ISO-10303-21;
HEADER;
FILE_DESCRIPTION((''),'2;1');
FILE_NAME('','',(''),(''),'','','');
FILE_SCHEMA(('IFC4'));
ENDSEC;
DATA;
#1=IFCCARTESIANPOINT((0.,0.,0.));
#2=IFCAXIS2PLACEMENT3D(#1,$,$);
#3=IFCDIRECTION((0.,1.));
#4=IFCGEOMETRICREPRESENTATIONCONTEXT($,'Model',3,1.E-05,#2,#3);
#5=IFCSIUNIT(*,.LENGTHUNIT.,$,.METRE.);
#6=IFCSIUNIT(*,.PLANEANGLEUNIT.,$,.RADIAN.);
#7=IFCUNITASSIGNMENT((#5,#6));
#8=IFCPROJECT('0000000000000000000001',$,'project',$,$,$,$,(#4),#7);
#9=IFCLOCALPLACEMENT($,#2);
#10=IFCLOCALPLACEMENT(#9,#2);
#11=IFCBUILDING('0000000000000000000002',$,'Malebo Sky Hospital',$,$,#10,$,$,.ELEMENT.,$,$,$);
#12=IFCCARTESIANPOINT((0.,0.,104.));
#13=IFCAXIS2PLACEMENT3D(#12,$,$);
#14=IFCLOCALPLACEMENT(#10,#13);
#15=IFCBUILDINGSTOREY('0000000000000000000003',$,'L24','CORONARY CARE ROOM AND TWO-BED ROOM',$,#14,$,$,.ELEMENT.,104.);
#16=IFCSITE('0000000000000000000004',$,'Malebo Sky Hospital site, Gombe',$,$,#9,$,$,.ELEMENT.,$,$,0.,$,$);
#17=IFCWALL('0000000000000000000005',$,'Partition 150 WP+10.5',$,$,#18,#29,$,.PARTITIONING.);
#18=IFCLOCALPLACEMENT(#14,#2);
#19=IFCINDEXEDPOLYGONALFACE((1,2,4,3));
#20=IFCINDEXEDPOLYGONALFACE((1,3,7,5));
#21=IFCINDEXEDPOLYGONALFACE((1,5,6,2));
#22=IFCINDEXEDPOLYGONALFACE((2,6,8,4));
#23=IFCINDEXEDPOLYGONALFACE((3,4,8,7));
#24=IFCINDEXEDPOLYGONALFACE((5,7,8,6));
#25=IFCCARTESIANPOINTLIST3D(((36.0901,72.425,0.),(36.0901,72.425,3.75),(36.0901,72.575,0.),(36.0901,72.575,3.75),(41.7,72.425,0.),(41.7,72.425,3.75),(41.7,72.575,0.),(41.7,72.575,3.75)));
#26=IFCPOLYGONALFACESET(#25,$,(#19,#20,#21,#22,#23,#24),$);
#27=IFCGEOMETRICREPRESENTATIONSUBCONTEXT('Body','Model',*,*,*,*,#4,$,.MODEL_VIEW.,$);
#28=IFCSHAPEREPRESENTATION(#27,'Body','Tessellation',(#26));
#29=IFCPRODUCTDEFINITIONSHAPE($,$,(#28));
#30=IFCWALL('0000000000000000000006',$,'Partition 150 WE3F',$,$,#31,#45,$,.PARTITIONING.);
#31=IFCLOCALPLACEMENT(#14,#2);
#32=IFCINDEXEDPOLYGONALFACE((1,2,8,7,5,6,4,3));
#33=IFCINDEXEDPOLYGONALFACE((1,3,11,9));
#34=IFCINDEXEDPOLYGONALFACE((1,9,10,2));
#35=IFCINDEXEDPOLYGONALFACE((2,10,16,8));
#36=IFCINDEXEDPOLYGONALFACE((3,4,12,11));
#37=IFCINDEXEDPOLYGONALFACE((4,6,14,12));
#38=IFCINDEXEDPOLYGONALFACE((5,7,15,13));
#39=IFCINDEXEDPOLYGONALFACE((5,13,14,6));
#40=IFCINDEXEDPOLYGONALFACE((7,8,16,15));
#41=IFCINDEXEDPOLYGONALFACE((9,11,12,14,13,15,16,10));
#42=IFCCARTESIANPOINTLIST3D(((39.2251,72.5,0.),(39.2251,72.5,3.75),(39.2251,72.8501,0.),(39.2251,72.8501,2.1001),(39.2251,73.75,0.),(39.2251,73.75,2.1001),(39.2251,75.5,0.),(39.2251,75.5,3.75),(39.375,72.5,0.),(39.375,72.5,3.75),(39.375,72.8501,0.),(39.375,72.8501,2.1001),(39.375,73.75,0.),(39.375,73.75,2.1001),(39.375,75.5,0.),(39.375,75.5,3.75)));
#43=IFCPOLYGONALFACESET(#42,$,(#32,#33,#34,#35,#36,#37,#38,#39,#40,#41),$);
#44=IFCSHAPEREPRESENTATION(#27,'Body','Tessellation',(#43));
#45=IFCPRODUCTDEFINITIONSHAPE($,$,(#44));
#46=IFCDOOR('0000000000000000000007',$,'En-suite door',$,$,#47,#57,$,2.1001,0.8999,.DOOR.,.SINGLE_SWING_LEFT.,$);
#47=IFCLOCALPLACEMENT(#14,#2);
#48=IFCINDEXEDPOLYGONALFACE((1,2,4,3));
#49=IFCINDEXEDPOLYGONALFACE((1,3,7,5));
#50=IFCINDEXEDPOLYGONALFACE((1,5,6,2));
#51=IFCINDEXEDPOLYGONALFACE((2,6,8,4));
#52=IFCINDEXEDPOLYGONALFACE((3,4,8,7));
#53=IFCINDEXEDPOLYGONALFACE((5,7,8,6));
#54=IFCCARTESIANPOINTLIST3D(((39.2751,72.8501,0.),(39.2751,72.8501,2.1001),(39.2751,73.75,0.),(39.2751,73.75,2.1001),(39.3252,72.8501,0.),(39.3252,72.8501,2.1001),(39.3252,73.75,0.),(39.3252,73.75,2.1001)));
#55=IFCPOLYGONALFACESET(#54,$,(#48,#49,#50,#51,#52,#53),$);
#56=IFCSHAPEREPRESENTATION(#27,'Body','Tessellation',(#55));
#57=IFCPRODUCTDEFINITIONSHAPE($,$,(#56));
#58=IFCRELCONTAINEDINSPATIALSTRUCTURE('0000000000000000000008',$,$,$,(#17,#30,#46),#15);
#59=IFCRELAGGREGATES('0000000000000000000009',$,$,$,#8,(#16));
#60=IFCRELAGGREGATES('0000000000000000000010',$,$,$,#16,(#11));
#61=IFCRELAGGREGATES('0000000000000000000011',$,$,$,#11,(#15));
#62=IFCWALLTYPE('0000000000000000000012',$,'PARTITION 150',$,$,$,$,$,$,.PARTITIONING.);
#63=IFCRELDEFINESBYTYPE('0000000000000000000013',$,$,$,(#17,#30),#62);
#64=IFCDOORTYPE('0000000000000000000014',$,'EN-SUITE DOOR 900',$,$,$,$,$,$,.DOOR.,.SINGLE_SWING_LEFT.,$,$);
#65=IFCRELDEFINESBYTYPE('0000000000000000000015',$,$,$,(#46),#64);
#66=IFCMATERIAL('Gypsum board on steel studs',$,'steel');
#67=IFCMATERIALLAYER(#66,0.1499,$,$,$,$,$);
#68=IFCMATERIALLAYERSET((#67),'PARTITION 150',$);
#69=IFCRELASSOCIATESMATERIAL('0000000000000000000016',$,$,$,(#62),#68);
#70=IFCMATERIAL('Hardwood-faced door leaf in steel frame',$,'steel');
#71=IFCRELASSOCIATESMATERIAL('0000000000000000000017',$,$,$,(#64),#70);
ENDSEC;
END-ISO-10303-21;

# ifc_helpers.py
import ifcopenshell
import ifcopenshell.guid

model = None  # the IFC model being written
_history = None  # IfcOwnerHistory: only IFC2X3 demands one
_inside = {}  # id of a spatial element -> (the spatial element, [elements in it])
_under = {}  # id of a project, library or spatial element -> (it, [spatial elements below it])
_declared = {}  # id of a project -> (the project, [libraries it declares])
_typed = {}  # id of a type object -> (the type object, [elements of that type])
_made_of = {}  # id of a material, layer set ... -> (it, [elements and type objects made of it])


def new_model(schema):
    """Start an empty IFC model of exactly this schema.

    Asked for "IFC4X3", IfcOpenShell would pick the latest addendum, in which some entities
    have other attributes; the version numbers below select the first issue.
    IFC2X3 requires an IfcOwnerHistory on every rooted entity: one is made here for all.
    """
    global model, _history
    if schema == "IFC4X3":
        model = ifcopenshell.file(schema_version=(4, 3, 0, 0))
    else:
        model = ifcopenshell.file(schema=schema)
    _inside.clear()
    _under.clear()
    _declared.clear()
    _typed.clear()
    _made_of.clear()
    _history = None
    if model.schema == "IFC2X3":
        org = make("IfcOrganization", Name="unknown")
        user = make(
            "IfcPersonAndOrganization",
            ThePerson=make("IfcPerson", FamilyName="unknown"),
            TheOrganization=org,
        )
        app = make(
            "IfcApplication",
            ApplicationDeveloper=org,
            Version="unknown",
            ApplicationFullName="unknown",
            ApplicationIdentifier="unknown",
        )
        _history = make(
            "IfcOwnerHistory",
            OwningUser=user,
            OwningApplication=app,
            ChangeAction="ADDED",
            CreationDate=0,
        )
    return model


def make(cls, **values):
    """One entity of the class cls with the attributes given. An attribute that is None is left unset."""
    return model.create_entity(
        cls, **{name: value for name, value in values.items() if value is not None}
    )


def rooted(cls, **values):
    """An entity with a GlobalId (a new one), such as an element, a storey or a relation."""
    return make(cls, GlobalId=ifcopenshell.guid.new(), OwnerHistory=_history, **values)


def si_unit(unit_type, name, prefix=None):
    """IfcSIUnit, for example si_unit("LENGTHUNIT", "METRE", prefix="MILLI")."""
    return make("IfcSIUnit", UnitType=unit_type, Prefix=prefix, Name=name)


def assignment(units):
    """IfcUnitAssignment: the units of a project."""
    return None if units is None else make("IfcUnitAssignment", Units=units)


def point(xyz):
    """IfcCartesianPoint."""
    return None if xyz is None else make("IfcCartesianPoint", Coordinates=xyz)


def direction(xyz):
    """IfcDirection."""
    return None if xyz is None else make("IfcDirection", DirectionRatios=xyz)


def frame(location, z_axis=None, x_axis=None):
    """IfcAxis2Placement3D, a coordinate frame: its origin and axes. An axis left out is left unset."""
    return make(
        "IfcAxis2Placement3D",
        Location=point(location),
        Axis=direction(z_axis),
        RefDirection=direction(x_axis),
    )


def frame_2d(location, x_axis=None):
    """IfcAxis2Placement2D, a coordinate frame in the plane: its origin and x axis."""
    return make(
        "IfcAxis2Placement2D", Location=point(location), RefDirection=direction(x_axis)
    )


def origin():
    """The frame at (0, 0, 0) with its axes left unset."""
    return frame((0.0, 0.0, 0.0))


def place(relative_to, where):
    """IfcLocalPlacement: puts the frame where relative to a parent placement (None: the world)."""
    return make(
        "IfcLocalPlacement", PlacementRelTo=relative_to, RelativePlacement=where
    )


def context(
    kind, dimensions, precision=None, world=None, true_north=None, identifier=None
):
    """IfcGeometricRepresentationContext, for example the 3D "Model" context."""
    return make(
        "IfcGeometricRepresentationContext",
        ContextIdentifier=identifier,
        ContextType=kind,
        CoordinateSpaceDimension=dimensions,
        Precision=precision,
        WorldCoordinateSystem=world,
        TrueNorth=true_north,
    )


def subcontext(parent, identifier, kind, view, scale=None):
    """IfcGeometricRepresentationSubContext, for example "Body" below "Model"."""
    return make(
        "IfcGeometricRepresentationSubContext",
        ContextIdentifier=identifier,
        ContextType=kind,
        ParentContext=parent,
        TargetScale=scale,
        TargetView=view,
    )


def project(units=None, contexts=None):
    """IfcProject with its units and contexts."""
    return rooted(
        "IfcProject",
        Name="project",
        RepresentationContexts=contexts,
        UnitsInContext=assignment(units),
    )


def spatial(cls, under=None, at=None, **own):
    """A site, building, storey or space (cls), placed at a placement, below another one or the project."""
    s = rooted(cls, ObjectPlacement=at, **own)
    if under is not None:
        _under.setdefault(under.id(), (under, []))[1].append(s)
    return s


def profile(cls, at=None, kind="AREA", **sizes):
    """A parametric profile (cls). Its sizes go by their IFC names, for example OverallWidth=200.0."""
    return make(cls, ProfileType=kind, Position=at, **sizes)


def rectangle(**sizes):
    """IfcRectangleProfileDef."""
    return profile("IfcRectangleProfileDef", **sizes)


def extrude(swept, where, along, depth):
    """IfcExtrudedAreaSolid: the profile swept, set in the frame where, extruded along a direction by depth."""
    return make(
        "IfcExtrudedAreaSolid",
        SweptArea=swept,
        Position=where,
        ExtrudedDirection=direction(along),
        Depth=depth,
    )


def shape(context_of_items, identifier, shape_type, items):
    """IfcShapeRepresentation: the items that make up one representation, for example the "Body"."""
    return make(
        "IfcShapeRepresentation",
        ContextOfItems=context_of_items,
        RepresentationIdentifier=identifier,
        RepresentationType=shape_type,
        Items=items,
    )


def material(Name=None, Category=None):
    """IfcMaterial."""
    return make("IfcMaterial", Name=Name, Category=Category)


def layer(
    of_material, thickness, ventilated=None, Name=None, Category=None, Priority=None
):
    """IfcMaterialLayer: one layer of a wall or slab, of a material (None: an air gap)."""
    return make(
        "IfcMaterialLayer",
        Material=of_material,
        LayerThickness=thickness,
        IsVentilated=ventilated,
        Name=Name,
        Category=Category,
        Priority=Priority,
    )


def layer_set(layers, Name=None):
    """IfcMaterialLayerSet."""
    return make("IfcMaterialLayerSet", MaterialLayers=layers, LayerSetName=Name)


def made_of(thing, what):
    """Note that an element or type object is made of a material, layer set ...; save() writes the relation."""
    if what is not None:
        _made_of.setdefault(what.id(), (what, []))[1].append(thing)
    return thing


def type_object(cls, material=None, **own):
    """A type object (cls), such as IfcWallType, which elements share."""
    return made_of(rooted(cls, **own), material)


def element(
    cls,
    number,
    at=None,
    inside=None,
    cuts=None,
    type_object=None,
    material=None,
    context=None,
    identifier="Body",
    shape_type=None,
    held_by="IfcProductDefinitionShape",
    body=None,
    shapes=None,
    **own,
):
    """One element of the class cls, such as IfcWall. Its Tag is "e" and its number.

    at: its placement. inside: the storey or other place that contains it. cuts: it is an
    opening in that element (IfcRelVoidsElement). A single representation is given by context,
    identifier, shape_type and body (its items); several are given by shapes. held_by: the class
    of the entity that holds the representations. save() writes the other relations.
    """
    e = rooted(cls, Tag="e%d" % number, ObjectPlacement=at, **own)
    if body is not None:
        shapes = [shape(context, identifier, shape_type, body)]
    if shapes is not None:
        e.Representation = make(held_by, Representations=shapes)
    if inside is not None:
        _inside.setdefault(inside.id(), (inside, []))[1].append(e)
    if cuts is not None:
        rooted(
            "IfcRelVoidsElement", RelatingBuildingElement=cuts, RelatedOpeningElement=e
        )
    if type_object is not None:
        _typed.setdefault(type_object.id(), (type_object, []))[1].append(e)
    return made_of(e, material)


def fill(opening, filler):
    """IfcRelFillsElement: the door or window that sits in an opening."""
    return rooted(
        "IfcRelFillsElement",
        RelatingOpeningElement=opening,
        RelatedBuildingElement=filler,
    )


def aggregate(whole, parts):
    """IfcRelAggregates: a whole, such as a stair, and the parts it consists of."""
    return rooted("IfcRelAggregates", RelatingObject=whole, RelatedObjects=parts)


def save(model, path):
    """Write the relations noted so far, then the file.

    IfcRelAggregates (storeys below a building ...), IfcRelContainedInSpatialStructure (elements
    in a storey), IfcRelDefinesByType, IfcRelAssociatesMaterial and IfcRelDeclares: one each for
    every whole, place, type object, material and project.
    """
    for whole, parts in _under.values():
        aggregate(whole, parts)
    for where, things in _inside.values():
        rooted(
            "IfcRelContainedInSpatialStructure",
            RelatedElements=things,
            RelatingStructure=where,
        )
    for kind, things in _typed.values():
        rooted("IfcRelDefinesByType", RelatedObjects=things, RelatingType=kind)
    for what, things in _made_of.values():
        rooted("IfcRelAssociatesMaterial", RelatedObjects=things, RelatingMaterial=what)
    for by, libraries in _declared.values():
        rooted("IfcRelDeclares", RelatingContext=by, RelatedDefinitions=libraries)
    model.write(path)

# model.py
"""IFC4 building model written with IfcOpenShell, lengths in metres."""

from ifc_helpers import new_model, si_unit, direction, frame, frame_2d, origin, place, context, subcontext, project, spatial, rectangle, extrude, material, layer, layer_set, type_object, element, fill, save


model = new_model("IFC4")

# Units and contexts
model_context = context("Model", 3, precision=1e-05, world=origin(), true_north=direction((0.0, 1.0)))
body_context = subcontext(model_context, "Body", "Model", "MODEL_VIEW")
ifc_project = project(units=[si_unit("LENGTHUNIT", "METRE"), si_unit("PLANEANGLEUNIT", "RADIAN")], contexts=[model_context])

# Site, building, storey
site_placement = place(None, origin())
site = spatial("IfcSite", under=ifc_project, at=site_placement, Name="Malebo Sky Hospital site, Gombe", CompositionType="ELEMENT", RefElevation=0.0)
building_placement = place(site_placement, origin())
building = spatial("IfcBuilding", under=site, at=building_placement, Name="Malebo Sky Hospital", CompositionType="ELEMENT")
storey_placement = place(building_placement, frame((0.0, 0.0, 104.0)))
storey = spatial("IfcBuildingStorey", under=building, at=storey_placement, Name="L24", Description="CORONARY CARE ROOM AND TWO-BED ROOM", CompositionType="ELEMENT", Elevation=104.0)

# Wall
ifc_material_1 = material(Name="Gypsum board on steel studs", Category="steel")
ifc_layer_1 = layer(ifc_material_1, 0.1499)
ifc_layer_set_1 = layer_set([ifc_layer_1], Name="PARTITION 150")
wall_type = type_object("IfcWallType", Name="PARTITION 150", PredefinedType="PARTITIONING", material=ifc_layer_set_1)
wall_1_placement = place(storey_placement, frame((41.7, 72.5, 0.0), z_axis=(0.0, 0.0, 1.0), x_axis=(-1.0, 0.0, 0.0)))
element("IfcWall", 1, at=wall_1_placement, inside=storey, type_object=wall_type, Name="Partition 150 WP+10.5", PredefinedType="PARTITIONING", context=body_context, shape_type="SweptSolid", body=[
    extrude(rectangle(XDim=5.6099, YDim=0.1499, at=frame_2d((2.8049, 0.0))), origin(), (0.0, 0.0, 1.0), 3.75),
])

# Wall, opening, door
wall_2_placement = place(storey_placement, frame((39.3, 72.5, 0.0), z_axis=(0.0, 0.0, 1.0), x_axis=(0.0, 1.0, 0.0)))
wall_2 = element("IfcWall", 2, at=wall_2_placement, inside=storey, type_object=wall_type, Name="Partition 150 WE3F", PredefinedType="PARTITIONING", context=body_context, shape_type="SweptSolid", body=[
    extrude(rectangle(XDim=3.0, YDim=0.1499, at=frame_2d((1.5, 0.0))), origin(), (0.0, 0.0, 1.0), 3.75),
])
opening_placement = place(wall_2_placement, frame((0.3501, 0.0, 0.0)))
opening = element("IfcOpeningElement", 3, at=opening_placement, cuts=wall_2, PredefinedType="OPENING", context=body_context, shape_type="SweptSolid", body=[
    extrude(rectangle(XDim=0.8999, YDim=2.1001, at=frame_2d((0.45, 1.05))), frame((0.0, 0.085, 0.0), z_axis=(0.0, -1.0, 0.0), x_axis=(1.0, 0.0, 0.0)), (0.0, 0.0, 1.0), 0.1699),
])
ifc_material_2 = material(Name="Hardwood-faced door leaf in steel frame", Category="steel")
door_type = type_object("IfcDoorType", Name="EN-SUITE DOOR 900", OperationType="SINGLE_SWING_LEFT", PredefinedType="DOOR", material=ifc_material_2)
door_placement = place(opening_placement, origin())
door = element("IfcDoor", 4, at=door_placement, inside=storey, type_object=door_type, Name="En-suite door", OperationType="SINGLE_SWING_LEFT", OverallHeight=2.1001, OverallWidth=0.8999, PredefinedType="DOOR", context=body_context, shape_type="SweptSolid", body=[
    extrude(rectangle(XDim=0.8999, YDim=2.1001, at=frame_2d((0.45, 1.05))), frame((0.0, 0.0249, 0.0), z_axis=(0.0, -1.0, 0.0), x_axis=(1.0, 0.0, 0.0)), (0.0, 0.0, 1.0), 0.05),
])
fill(opening, door)

save(model, "model.ifc")
